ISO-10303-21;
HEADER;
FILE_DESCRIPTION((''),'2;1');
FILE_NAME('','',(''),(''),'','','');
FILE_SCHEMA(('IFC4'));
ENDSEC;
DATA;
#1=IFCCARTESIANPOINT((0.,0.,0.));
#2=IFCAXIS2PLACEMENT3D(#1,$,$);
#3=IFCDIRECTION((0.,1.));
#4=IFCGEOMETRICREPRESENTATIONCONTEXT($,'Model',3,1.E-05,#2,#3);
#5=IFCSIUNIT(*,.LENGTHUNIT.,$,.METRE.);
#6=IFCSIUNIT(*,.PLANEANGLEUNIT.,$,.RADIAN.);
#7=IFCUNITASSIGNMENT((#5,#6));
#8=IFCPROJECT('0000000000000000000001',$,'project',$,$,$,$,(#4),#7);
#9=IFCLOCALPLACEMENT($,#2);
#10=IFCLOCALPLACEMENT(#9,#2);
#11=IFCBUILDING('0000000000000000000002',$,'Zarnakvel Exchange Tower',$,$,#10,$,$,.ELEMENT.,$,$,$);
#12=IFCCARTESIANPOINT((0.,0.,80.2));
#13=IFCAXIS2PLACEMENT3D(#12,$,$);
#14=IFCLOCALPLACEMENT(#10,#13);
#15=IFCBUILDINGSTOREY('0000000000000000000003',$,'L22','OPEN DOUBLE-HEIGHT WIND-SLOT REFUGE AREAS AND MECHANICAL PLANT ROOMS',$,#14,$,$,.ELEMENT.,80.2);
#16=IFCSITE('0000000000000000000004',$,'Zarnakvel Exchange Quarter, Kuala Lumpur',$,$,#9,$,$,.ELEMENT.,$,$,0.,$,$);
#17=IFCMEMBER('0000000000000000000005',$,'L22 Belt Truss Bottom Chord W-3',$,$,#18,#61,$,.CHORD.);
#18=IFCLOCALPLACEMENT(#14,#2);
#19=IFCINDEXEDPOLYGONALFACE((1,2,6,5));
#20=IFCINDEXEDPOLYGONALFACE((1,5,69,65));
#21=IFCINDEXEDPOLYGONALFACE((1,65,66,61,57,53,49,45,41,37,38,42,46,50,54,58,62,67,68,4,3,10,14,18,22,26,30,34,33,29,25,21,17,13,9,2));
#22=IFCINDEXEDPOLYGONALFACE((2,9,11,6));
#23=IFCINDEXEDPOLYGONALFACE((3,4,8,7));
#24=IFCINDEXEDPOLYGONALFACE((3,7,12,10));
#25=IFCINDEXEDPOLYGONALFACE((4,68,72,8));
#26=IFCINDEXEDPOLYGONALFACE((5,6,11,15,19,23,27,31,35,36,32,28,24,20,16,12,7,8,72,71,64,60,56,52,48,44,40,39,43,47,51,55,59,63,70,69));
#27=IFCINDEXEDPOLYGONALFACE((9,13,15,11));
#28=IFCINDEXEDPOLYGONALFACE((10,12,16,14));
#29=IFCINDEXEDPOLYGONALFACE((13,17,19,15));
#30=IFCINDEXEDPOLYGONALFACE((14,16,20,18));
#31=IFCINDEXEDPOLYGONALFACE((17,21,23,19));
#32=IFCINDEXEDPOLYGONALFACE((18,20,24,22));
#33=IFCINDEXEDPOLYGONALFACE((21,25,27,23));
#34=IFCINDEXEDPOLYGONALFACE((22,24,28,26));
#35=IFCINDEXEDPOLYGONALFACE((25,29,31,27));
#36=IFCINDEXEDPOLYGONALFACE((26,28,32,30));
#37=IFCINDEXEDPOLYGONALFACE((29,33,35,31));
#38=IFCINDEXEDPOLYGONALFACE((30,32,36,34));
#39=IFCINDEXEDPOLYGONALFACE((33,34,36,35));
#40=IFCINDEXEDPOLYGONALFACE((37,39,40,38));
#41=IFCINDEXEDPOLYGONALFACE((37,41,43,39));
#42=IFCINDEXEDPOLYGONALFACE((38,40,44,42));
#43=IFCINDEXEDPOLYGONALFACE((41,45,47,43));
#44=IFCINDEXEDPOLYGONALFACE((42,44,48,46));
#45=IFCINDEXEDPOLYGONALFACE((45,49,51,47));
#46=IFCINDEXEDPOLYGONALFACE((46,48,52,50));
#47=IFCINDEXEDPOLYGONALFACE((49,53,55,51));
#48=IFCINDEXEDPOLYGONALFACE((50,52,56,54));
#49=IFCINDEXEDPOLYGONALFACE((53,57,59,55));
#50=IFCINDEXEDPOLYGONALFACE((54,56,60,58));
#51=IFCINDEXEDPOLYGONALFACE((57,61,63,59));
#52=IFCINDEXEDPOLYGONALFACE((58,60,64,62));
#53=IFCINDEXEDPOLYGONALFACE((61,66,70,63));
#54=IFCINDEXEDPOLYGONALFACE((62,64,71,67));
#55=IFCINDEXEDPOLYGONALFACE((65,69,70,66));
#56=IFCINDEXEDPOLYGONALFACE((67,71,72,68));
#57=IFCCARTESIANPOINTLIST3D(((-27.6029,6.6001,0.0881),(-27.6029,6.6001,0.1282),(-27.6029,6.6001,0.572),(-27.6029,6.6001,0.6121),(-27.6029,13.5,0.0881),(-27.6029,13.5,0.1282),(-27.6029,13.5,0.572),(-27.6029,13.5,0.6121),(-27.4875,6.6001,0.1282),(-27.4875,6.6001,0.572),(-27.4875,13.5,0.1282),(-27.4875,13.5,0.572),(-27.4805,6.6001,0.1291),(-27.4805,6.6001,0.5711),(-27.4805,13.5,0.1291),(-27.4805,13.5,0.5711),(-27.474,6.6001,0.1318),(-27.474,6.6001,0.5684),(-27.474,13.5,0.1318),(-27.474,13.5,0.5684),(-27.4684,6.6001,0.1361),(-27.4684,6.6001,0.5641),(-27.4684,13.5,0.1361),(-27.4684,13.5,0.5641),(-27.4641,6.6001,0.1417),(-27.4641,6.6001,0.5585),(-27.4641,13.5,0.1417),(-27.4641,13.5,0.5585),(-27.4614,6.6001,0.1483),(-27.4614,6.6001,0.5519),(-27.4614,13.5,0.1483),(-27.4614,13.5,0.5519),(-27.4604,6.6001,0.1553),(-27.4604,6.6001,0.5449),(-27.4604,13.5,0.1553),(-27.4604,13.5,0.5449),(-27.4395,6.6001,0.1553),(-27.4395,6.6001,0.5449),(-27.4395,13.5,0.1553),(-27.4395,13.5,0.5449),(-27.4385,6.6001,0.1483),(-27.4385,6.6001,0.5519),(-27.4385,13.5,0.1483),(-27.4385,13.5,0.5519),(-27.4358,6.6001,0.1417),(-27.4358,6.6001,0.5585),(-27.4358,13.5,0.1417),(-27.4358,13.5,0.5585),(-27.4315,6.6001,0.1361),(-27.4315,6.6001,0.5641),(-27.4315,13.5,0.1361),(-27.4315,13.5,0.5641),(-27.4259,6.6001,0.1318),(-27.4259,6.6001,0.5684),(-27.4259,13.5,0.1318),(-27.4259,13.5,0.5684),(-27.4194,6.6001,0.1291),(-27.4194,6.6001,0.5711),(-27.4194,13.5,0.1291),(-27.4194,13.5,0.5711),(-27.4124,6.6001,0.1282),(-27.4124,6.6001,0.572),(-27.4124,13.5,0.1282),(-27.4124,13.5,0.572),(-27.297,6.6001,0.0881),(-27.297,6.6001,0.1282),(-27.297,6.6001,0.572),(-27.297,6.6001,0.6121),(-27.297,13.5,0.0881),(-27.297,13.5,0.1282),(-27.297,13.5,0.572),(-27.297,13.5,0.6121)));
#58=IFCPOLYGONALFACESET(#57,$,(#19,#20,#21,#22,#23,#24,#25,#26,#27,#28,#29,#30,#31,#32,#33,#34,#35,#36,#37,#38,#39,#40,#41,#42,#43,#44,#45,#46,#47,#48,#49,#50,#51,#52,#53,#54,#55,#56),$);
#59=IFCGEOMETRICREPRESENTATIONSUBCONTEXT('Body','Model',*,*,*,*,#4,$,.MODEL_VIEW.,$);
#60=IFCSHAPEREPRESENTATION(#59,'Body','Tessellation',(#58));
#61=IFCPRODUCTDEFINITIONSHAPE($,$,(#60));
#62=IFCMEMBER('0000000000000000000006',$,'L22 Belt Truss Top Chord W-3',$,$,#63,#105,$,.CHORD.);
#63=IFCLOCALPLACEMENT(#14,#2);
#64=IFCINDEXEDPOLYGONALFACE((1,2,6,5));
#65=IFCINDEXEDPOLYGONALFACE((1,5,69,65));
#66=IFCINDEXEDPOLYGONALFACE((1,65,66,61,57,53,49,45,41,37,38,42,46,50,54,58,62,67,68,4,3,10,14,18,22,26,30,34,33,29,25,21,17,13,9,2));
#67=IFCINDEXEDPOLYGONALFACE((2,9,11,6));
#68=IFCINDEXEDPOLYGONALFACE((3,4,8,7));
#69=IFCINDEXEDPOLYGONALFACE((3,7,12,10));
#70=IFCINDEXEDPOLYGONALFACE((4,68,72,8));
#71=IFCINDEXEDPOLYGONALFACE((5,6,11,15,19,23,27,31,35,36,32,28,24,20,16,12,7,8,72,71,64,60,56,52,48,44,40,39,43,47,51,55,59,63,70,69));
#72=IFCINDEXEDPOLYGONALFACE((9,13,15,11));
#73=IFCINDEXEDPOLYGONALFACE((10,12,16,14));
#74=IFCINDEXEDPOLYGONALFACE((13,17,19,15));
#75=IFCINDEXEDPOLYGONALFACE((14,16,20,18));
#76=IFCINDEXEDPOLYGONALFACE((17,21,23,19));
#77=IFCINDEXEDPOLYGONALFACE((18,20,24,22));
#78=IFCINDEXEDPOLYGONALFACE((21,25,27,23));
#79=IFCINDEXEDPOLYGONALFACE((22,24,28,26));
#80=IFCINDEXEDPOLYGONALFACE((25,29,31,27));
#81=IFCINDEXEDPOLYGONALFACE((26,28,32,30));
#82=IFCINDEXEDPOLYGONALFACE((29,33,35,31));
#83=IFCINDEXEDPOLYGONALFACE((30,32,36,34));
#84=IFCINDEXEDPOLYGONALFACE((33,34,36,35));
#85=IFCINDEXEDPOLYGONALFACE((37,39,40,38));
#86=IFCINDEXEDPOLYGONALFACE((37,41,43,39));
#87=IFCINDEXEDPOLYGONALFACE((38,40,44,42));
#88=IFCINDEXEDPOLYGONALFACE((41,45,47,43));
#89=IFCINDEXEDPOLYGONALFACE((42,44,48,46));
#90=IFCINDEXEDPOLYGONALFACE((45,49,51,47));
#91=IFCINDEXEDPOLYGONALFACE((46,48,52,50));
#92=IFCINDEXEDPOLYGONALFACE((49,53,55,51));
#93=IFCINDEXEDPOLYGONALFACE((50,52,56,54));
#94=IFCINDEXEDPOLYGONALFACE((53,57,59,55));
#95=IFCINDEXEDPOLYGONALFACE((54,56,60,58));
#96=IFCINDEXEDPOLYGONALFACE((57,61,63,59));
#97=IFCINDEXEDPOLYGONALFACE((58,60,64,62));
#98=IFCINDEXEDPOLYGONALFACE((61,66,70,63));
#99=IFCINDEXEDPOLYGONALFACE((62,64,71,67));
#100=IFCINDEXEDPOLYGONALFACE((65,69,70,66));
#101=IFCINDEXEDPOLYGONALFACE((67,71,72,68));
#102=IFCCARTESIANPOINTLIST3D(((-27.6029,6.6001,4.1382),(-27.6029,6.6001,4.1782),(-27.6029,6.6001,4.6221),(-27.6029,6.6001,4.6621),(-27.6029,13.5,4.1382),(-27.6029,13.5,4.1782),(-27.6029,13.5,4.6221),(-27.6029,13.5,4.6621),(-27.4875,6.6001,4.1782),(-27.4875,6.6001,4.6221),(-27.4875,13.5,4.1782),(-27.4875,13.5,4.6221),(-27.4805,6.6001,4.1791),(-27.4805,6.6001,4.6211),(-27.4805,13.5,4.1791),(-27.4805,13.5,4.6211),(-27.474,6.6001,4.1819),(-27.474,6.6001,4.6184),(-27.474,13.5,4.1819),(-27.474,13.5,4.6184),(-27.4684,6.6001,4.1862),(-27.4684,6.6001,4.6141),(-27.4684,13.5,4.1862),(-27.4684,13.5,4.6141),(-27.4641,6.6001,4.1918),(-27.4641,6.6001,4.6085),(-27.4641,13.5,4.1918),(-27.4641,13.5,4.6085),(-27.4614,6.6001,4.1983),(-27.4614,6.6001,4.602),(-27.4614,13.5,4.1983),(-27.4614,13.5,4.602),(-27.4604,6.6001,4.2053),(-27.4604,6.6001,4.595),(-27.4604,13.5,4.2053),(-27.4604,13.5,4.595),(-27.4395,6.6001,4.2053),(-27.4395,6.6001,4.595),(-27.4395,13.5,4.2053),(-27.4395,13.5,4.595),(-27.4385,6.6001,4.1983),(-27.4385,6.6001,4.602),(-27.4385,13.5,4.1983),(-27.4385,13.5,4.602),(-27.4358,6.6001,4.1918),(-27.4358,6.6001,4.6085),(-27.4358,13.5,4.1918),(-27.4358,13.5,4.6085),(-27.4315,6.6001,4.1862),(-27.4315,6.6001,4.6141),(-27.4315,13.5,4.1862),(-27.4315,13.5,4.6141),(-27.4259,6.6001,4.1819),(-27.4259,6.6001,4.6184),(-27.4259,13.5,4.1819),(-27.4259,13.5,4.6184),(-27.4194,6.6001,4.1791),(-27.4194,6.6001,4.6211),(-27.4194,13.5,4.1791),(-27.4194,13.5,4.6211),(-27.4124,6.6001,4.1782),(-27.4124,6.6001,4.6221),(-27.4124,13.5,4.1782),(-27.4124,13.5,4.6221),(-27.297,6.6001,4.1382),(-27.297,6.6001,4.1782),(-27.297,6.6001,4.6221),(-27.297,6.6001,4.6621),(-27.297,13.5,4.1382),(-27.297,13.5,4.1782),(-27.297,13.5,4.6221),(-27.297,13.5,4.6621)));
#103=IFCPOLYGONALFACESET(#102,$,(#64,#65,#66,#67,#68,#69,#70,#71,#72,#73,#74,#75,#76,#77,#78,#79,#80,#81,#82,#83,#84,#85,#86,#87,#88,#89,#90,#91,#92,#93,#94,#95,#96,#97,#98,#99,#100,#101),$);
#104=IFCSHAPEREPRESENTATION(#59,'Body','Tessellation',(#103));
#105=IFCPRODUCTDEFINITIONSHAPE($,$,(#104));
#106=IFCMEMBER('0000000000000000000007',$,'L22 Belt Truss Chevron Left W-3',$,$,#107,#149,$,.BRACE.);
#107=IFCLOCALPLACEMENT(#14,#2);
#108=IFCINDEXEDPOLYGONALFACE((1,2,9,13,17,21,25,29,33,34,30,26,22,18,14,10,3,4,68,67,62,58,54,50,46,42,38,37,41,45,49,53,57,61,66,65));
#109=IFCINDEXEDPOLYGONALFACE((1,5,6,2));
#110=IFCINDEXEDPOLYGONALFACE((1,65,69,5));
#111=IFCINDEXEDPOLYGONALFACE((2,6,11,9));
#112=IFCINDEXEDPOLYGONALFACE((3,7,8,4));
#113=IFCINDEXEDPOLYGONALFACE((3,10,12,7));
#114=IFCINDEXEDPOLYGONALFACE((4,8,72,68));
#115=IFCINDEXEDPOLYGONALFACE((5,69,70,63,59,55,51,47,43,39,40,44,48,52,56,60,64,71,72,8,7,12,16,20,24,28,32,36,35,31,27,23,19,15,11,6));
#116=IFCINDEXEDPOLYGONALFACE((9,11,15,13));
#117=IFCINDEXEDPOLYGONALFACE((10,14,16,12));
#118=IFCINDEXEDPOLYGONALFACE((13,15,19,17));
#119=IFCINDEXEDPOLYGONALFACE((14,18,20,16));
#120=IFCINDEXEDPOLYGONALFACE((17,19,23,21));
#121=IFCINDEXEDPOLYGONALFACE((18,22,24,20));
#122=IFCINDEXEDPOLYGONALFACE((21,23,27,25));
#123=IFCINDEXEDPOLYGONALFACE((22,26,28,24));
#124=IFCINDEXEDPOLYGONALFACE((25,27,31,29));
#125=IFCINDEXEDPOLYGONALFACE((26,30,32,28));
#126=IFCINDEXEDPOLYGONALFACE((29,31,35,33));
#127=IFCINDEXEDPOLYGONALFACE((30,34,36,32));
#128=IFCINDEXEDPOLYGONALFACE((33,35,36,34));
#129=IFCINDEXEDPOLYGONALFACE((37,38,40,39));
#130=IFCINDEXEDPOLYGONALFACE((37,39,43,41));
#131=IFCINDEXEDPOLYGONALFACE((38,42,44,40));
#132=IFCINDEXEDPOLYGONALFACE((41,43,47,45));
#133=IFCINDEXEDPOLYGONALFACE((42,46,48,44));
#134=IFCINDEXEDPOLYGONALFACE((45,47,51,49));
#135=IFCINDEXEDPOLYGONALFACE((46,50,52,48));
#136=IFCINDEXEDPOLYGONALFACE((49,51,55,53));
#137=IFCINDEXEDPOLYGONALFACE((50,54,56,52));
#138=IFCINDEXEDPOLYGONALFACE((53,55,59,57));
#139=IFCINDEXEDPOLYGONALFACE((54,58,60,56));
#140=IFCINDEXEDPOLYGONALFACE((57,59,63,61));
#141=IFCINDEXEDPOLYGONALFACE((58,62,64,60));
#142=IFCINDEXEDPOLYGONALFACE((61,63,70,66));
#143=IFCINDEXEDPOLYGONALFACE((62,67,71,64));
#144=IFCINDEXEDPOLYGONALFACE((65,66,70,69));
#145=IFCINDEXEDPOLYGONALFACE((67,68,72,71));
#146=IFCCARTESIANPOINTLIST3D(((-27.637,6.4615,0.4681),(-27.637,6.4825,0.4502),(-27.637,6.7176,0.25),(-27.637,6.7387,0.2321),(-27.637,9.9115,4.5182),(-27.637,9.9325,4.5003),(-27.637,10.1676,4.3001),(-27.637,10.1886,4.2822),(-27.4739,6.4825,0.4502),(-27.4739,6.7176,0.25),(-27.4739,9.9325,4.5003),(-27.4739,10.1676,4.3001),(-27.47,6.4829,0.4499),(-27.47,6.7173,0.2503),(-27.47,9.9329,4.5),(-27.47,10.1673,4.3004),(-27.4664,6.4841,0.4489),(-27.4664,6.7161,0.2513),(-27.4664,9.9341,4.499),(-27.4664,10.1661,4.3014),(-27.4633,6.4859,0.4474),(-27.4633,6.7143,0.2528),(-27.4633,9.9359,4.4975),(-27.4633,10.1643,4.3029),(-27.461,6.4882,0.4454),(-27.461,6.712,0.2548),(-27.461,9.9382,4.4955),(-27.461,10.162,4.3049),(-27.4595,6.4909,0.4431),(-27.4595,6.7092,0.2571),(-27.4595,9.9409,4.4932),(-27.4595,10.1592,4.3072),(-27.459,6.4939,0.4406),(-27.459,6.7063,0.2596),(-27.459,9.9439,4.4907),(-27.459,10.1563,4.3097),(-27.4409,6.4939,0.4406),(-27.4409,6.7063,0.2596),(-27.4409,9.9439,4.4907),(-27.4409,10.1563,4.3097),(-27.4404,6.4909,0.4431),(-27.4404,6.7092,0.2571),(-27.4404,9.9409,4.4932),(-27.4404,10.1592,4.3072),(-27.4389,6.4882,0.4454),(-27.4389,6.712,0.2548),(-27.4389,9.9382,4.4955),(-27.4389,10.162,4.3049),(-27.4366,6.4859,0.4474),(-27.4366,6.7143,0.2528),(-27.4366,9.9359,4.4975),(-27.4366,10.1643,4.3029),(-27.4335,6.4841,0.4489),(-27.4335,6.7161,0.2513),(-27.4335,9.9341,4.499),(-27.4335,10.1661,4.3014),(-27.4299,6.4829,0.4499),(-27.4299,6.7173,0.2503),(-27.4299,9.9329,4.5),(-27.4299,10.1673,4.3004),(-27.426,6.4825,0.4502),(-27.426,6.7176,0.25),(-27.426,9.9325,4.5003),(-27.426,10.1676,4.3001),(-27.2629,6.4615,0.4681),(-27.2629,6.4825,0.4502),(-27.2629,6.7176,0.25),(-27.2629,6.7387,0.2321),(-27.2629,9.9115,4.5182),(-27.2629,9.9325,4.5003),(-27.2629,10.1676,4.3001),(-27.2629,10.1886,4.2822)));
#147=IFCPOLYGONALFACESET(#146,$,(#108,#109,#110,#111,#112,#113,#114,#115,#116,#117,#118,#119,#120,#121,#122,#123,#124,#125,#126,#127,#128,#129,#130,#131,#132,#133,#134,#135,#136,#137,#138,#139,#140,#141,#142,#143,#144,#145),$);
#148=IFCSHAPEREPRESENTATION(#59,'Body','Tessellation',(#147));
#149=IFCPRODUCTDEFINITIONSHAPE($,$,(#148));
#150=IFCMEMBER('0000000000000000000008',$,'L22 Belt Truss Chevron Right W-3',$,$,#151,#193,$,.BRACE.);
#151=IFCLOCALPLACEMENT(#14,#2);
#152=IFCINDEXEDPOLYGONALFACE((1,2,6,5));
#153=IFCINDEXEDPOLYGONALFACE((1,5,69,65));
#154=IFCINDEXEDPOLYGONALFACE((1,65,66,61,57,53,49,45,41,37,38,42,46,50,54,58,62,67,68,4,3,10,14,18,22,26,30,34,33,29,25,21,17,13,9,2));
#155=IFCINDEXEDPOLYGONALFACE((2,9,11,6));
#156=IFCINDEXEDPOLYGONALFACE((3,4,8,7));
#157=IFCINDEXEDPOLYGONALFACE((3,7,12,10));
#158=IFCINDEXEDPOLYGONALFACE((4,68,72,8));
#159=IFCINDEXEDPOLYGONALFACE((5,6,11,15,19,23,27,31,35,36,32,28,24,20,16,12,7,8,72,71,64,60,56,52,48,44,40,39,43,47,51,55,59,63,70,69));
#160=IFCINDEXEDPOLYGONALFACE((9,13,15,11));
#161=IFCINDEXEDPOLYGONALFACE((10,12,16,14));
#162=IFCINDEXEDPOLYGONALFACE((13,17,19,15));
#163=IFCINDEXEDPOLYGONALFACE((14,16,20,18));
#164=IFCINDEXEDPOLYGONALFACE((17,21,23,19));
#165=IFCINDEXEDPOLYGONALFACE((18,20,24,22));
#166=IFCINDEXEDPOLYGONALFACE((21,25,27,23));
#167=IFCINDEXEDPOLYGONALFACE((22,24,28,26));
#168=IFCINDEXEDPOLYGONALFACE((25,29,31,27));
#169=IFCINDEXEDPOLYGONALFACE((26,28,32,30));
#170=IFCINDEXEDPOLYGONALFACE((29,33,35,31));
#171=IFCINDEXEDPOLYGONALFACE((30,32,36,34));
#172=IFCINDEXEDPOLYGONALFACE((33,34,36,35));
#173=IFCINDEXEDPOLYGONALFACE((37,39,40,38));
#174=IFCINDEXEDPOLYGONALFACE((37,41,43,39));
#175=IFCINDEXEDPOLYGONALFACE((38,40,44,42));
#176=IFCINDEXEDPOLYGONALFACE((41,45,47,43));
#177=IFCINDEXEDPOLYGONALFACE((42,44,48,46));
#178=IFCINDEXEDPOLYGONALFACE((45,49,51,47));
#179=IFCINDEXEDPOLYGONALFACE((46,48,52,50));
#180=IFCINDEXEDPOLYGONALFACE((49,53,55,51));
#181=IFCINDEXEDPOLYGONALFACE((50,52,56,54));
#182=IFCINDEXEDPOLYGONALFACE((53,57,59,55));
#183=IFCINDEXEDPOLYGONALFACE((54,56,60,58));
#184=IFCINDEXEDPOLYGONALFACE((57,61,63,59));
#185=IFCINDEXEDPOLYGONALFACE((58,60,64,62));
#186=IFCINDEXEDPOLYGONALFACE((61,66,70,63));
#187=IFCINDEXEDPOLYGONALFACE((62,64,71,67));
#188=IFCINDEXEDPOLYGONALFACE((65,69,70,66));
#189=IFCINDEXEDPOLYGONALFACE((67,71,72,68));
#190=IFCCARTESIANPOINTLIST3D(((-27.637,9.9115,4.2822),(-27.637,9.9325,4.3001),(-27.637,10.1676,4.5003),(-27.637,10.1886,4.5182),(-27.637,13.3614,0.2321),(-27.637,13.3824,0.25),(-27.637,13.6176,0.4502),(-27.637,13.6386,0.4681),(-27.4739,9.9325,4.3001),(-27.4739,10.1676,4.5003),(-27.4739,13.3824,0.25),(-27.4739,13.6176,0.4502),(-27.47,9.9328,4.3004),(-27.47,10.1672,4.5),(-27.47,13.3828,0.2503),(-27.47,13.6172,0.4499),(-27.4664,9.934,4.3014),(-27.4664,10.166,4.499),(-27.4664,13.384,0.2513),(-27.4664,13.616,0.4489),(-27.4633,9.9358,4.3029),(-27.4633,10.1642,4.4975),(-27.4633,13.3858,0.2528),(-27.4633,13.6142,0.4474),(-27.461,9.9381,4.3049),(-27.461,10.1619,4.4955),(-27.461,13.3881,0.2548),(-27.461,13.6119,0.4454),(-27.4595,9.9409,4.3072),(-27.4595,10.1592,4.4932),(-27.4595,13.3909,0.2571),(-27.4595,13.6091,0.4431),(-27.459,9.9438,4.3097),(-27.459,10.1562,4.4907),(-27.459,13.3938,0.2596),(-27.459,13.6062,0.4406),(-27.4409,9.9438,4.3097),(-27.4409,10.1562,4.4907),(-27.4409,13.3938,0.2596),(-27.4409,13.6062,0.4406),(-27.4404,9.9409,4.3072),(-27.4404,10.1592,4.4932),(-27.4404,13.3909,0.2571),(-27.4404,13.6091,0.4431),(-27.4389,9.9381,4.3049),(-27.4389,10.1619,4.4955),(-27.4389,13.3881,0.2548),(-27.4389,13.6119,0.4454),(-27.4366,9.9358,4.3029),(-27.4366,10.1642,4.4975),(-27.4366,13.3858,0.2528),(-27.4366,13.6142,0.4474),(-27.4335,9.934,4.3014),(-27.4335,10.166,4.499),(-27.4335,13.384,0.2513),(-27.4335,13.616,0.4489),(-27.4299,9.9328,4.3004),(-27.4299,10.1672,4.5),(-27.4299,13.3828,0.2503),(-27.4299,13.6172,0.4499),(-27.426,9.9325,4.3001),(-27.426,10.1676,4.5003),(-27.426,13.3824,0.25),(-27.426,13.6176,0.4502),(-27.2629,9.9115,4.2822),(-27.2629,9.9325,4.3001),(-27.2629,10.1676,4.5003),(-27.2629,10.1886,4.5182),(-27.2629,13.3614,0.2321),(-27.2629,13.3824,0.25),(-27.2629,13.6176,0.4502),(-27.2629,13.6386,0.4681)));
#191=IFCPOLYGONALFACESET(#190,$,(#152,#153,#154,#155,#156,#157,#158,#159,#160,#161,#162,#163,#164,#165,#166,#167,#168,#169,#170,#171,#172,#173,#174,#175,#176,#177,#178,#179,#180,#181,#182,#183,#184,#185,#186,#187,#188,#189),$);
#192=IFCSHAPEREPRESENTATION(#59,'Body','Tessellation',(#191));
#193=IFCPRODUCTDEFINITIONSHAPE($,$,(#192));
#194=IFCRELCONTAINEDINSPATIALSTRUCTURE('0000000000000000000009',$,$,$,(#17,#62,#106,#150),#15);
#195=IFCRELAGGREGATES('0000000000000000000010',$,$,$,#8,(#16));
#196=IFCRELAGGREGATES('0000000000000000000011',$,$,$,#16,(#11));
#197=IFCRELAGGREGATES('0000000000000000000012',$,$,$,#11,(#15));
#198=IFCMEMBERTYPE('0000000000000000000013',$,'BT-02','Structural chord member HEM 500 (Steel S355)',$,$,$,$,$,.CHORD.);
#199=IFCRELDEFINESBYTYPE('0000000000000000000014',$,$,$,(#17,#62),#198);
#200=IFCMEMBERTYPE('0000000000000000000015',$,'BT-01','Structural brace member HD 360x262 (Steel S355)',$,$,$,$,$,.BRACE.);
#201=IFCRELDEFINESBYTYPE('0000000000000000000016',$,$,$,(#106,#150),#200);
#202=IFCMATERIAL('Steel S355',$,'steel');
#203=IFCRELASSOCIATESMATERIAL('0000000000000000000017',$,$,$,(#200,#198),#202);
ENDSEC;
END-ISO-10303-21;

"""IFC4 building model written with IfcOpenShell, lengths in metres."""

from ifc_helpers import new_model, si_unit, direction, frame, origin, origin_2d, place, context, subcontext, project, spatial, i_section, extrude, source, transform, mapped, material, material_profile, profile_set, type_object, element, save


model = new_model("IFC4")

# Units and contexts
model_context = context("Model", 3, precision=1e-05, world=origin(), true_north=direction((0.0, 1.0)))
body_context = subcontext(model_context, "Body", "Model", "MODEL_VIEW")
ifc_project = project(units=[si_unit("LENGTHUNIT", "METRE"), si_unit("PLANEANGLEUNIT", "RADIAN")], contexts=[model_context])

# Site, building, storey
site_placement = place(None, origin())
site = spatial("IfcSite", under=ifc_project, at=site_placement, Name="Zarnakvel Exchange Quarter, Kuala Lumpur", CompositionType="ELEMENT", RefElevation=0.0)
building_placement = place(site_placement, origin())
building = spatial("IfcBuilding", under=site, at=building_placement, Name="Zarnakvel Exchange Tower", CompositionType="ELEMENT")
storey_placement = place(building_placement, frame((0.0, 0.0, 80.2)))
storey = spatial("IfcBuildingStorey", under=building, at=storey_placement, Name="L22", Description="OPEN DOUBLE-HEIGHT WIND-SLOT REFUGE AREAS AND MECHANICAL PLANT ROOMS", CompositionType="ELEMENT", Elevation=80.2)

# Shared definitions
ifc_material_1 = material(Name="Steel S355", Category="steel")

# Members
ifc_material_profile_1 = material_profile(ifc_material_1, i_section(OverallWidth=0.374, OverallDepth=0.364, WebThickness=0.0181, FlangeThickness=0.0276, FilletRadius=0.0149, at=origin_2d()))
ifc_profile_set_1 = profile_set([ifc_material_profile_1], Name="Steel S355")
member_type_1 = type_object("IfcMemberType", Name="BT-01", Description="Structural brace member HD 360x262 (Steel S355)", PredefinedType="BRACE", material=ifc_profile_set_1)
ifc_material_profile_2 = material_profile(ifc_material_1, i_section(OverallWidth=0.3059, OverallDepth=0.5239, WebThickness=0.021, FlangeThickness=0.04, FilletRadius=0.0271, at=origin_2d()))
ifc_profile_set_2 = profile_set([ifc_material_profile_2], Name="Steel S355")
member_type_2 = type_object("IfcMemberType", Name="BT-02", Description="Structural chord member HEM 500 (Steel S355)", PredefinedType="CHORD", material=ifc_profile_set_2)
shared_shape_1 = source(origin(), body_context, "Body", "SweptSolid", [
    extrude(i_section(OverallWidth=0.3059, OverallDepth=0.5239, WebThickness=0.021, FlangeThickness=0.04, FilletRadius=0.0271, at=origin_2d()), origin(), (0.0, 0.0, 1.0), 6.8999),
])
for number, where, z_axis, x_axis, name in (
    (1, (-27.45, 6.6001, 0.3501), (0.0, 1.0, 0.0), (-1.0, 0.0, 0.0), "L22 Belt Truss Bottom Chord W-3"),
    (2, (-27.45, 6.6001, 4.4001), (0.0, 1.0, 0.0), (-1.0, 0.0, 0.0), "L22 Belt Truss Top Chord W-3"),
):
    element("IfcMember", number, at=place(storey_placement, frame(where, z_axis=z_axis, x_axis=x_axis)), inside=storey, type_object=member_type_2, Name=name, PredefinedType="CHORD", context=body_context, shape_type="MappedRepresentation", body=[
        mapped(shared_shape_1, transform((0.0, 0.0, 0.0), x_axis=(1.0, 0.0, 0.0), y_axis=(0.0, 1.0, 0.0), z_axis=(0.0, 0.0, 1.0), scale=1.0)),
    ])
shared_shape_2 = source(origin(), body_context, "Body", "SweptSolid", [
    extrude(i_section(OverallWidth=0.374, OverallDepth=0.364, WebThickness=0.0181, FlangeThickness=0.0276, FilletRadius=0.0149, at=origin_2d()), origin(), (0.0, 0.0, 1.0), 5.3203),
])
for number, where, z_axis, x_axis, name in (
    (3, (-27.45, 6.6001, 0.3501), (0.0, 0.648457, 0.761252), (-1.0, 0.0, 0.0), "L22 Belt Truss Chevron Left W-3"),
    (4, (-27.45, 13.5, 0.3501), (0.0, -0.648457, 0.761252), (1.0, 0.0, 0.0), "L22 Belt Truss Chevron Right W-3"),
):
    element("IfcMember", number, at=place(storey_placement, frame(where, z_axis=z_axis, x_axis=x_axis)), inside=storey, type_object=member_type_1, Name=name, PredefinedType="BRACE", context=body_context, shape_type="MappedRepresentation", body=[
        mapped(shared_shape_2, transform((0.0, 0.0, 0.0), x_axis=(1.0, 0.0, 0.0), y_axis=(0.0, 1.0, 0.0), z_axis=(0.0, 0.0, 1.0), scale=1.0)),
    ])

save(model, "model.ifc")
